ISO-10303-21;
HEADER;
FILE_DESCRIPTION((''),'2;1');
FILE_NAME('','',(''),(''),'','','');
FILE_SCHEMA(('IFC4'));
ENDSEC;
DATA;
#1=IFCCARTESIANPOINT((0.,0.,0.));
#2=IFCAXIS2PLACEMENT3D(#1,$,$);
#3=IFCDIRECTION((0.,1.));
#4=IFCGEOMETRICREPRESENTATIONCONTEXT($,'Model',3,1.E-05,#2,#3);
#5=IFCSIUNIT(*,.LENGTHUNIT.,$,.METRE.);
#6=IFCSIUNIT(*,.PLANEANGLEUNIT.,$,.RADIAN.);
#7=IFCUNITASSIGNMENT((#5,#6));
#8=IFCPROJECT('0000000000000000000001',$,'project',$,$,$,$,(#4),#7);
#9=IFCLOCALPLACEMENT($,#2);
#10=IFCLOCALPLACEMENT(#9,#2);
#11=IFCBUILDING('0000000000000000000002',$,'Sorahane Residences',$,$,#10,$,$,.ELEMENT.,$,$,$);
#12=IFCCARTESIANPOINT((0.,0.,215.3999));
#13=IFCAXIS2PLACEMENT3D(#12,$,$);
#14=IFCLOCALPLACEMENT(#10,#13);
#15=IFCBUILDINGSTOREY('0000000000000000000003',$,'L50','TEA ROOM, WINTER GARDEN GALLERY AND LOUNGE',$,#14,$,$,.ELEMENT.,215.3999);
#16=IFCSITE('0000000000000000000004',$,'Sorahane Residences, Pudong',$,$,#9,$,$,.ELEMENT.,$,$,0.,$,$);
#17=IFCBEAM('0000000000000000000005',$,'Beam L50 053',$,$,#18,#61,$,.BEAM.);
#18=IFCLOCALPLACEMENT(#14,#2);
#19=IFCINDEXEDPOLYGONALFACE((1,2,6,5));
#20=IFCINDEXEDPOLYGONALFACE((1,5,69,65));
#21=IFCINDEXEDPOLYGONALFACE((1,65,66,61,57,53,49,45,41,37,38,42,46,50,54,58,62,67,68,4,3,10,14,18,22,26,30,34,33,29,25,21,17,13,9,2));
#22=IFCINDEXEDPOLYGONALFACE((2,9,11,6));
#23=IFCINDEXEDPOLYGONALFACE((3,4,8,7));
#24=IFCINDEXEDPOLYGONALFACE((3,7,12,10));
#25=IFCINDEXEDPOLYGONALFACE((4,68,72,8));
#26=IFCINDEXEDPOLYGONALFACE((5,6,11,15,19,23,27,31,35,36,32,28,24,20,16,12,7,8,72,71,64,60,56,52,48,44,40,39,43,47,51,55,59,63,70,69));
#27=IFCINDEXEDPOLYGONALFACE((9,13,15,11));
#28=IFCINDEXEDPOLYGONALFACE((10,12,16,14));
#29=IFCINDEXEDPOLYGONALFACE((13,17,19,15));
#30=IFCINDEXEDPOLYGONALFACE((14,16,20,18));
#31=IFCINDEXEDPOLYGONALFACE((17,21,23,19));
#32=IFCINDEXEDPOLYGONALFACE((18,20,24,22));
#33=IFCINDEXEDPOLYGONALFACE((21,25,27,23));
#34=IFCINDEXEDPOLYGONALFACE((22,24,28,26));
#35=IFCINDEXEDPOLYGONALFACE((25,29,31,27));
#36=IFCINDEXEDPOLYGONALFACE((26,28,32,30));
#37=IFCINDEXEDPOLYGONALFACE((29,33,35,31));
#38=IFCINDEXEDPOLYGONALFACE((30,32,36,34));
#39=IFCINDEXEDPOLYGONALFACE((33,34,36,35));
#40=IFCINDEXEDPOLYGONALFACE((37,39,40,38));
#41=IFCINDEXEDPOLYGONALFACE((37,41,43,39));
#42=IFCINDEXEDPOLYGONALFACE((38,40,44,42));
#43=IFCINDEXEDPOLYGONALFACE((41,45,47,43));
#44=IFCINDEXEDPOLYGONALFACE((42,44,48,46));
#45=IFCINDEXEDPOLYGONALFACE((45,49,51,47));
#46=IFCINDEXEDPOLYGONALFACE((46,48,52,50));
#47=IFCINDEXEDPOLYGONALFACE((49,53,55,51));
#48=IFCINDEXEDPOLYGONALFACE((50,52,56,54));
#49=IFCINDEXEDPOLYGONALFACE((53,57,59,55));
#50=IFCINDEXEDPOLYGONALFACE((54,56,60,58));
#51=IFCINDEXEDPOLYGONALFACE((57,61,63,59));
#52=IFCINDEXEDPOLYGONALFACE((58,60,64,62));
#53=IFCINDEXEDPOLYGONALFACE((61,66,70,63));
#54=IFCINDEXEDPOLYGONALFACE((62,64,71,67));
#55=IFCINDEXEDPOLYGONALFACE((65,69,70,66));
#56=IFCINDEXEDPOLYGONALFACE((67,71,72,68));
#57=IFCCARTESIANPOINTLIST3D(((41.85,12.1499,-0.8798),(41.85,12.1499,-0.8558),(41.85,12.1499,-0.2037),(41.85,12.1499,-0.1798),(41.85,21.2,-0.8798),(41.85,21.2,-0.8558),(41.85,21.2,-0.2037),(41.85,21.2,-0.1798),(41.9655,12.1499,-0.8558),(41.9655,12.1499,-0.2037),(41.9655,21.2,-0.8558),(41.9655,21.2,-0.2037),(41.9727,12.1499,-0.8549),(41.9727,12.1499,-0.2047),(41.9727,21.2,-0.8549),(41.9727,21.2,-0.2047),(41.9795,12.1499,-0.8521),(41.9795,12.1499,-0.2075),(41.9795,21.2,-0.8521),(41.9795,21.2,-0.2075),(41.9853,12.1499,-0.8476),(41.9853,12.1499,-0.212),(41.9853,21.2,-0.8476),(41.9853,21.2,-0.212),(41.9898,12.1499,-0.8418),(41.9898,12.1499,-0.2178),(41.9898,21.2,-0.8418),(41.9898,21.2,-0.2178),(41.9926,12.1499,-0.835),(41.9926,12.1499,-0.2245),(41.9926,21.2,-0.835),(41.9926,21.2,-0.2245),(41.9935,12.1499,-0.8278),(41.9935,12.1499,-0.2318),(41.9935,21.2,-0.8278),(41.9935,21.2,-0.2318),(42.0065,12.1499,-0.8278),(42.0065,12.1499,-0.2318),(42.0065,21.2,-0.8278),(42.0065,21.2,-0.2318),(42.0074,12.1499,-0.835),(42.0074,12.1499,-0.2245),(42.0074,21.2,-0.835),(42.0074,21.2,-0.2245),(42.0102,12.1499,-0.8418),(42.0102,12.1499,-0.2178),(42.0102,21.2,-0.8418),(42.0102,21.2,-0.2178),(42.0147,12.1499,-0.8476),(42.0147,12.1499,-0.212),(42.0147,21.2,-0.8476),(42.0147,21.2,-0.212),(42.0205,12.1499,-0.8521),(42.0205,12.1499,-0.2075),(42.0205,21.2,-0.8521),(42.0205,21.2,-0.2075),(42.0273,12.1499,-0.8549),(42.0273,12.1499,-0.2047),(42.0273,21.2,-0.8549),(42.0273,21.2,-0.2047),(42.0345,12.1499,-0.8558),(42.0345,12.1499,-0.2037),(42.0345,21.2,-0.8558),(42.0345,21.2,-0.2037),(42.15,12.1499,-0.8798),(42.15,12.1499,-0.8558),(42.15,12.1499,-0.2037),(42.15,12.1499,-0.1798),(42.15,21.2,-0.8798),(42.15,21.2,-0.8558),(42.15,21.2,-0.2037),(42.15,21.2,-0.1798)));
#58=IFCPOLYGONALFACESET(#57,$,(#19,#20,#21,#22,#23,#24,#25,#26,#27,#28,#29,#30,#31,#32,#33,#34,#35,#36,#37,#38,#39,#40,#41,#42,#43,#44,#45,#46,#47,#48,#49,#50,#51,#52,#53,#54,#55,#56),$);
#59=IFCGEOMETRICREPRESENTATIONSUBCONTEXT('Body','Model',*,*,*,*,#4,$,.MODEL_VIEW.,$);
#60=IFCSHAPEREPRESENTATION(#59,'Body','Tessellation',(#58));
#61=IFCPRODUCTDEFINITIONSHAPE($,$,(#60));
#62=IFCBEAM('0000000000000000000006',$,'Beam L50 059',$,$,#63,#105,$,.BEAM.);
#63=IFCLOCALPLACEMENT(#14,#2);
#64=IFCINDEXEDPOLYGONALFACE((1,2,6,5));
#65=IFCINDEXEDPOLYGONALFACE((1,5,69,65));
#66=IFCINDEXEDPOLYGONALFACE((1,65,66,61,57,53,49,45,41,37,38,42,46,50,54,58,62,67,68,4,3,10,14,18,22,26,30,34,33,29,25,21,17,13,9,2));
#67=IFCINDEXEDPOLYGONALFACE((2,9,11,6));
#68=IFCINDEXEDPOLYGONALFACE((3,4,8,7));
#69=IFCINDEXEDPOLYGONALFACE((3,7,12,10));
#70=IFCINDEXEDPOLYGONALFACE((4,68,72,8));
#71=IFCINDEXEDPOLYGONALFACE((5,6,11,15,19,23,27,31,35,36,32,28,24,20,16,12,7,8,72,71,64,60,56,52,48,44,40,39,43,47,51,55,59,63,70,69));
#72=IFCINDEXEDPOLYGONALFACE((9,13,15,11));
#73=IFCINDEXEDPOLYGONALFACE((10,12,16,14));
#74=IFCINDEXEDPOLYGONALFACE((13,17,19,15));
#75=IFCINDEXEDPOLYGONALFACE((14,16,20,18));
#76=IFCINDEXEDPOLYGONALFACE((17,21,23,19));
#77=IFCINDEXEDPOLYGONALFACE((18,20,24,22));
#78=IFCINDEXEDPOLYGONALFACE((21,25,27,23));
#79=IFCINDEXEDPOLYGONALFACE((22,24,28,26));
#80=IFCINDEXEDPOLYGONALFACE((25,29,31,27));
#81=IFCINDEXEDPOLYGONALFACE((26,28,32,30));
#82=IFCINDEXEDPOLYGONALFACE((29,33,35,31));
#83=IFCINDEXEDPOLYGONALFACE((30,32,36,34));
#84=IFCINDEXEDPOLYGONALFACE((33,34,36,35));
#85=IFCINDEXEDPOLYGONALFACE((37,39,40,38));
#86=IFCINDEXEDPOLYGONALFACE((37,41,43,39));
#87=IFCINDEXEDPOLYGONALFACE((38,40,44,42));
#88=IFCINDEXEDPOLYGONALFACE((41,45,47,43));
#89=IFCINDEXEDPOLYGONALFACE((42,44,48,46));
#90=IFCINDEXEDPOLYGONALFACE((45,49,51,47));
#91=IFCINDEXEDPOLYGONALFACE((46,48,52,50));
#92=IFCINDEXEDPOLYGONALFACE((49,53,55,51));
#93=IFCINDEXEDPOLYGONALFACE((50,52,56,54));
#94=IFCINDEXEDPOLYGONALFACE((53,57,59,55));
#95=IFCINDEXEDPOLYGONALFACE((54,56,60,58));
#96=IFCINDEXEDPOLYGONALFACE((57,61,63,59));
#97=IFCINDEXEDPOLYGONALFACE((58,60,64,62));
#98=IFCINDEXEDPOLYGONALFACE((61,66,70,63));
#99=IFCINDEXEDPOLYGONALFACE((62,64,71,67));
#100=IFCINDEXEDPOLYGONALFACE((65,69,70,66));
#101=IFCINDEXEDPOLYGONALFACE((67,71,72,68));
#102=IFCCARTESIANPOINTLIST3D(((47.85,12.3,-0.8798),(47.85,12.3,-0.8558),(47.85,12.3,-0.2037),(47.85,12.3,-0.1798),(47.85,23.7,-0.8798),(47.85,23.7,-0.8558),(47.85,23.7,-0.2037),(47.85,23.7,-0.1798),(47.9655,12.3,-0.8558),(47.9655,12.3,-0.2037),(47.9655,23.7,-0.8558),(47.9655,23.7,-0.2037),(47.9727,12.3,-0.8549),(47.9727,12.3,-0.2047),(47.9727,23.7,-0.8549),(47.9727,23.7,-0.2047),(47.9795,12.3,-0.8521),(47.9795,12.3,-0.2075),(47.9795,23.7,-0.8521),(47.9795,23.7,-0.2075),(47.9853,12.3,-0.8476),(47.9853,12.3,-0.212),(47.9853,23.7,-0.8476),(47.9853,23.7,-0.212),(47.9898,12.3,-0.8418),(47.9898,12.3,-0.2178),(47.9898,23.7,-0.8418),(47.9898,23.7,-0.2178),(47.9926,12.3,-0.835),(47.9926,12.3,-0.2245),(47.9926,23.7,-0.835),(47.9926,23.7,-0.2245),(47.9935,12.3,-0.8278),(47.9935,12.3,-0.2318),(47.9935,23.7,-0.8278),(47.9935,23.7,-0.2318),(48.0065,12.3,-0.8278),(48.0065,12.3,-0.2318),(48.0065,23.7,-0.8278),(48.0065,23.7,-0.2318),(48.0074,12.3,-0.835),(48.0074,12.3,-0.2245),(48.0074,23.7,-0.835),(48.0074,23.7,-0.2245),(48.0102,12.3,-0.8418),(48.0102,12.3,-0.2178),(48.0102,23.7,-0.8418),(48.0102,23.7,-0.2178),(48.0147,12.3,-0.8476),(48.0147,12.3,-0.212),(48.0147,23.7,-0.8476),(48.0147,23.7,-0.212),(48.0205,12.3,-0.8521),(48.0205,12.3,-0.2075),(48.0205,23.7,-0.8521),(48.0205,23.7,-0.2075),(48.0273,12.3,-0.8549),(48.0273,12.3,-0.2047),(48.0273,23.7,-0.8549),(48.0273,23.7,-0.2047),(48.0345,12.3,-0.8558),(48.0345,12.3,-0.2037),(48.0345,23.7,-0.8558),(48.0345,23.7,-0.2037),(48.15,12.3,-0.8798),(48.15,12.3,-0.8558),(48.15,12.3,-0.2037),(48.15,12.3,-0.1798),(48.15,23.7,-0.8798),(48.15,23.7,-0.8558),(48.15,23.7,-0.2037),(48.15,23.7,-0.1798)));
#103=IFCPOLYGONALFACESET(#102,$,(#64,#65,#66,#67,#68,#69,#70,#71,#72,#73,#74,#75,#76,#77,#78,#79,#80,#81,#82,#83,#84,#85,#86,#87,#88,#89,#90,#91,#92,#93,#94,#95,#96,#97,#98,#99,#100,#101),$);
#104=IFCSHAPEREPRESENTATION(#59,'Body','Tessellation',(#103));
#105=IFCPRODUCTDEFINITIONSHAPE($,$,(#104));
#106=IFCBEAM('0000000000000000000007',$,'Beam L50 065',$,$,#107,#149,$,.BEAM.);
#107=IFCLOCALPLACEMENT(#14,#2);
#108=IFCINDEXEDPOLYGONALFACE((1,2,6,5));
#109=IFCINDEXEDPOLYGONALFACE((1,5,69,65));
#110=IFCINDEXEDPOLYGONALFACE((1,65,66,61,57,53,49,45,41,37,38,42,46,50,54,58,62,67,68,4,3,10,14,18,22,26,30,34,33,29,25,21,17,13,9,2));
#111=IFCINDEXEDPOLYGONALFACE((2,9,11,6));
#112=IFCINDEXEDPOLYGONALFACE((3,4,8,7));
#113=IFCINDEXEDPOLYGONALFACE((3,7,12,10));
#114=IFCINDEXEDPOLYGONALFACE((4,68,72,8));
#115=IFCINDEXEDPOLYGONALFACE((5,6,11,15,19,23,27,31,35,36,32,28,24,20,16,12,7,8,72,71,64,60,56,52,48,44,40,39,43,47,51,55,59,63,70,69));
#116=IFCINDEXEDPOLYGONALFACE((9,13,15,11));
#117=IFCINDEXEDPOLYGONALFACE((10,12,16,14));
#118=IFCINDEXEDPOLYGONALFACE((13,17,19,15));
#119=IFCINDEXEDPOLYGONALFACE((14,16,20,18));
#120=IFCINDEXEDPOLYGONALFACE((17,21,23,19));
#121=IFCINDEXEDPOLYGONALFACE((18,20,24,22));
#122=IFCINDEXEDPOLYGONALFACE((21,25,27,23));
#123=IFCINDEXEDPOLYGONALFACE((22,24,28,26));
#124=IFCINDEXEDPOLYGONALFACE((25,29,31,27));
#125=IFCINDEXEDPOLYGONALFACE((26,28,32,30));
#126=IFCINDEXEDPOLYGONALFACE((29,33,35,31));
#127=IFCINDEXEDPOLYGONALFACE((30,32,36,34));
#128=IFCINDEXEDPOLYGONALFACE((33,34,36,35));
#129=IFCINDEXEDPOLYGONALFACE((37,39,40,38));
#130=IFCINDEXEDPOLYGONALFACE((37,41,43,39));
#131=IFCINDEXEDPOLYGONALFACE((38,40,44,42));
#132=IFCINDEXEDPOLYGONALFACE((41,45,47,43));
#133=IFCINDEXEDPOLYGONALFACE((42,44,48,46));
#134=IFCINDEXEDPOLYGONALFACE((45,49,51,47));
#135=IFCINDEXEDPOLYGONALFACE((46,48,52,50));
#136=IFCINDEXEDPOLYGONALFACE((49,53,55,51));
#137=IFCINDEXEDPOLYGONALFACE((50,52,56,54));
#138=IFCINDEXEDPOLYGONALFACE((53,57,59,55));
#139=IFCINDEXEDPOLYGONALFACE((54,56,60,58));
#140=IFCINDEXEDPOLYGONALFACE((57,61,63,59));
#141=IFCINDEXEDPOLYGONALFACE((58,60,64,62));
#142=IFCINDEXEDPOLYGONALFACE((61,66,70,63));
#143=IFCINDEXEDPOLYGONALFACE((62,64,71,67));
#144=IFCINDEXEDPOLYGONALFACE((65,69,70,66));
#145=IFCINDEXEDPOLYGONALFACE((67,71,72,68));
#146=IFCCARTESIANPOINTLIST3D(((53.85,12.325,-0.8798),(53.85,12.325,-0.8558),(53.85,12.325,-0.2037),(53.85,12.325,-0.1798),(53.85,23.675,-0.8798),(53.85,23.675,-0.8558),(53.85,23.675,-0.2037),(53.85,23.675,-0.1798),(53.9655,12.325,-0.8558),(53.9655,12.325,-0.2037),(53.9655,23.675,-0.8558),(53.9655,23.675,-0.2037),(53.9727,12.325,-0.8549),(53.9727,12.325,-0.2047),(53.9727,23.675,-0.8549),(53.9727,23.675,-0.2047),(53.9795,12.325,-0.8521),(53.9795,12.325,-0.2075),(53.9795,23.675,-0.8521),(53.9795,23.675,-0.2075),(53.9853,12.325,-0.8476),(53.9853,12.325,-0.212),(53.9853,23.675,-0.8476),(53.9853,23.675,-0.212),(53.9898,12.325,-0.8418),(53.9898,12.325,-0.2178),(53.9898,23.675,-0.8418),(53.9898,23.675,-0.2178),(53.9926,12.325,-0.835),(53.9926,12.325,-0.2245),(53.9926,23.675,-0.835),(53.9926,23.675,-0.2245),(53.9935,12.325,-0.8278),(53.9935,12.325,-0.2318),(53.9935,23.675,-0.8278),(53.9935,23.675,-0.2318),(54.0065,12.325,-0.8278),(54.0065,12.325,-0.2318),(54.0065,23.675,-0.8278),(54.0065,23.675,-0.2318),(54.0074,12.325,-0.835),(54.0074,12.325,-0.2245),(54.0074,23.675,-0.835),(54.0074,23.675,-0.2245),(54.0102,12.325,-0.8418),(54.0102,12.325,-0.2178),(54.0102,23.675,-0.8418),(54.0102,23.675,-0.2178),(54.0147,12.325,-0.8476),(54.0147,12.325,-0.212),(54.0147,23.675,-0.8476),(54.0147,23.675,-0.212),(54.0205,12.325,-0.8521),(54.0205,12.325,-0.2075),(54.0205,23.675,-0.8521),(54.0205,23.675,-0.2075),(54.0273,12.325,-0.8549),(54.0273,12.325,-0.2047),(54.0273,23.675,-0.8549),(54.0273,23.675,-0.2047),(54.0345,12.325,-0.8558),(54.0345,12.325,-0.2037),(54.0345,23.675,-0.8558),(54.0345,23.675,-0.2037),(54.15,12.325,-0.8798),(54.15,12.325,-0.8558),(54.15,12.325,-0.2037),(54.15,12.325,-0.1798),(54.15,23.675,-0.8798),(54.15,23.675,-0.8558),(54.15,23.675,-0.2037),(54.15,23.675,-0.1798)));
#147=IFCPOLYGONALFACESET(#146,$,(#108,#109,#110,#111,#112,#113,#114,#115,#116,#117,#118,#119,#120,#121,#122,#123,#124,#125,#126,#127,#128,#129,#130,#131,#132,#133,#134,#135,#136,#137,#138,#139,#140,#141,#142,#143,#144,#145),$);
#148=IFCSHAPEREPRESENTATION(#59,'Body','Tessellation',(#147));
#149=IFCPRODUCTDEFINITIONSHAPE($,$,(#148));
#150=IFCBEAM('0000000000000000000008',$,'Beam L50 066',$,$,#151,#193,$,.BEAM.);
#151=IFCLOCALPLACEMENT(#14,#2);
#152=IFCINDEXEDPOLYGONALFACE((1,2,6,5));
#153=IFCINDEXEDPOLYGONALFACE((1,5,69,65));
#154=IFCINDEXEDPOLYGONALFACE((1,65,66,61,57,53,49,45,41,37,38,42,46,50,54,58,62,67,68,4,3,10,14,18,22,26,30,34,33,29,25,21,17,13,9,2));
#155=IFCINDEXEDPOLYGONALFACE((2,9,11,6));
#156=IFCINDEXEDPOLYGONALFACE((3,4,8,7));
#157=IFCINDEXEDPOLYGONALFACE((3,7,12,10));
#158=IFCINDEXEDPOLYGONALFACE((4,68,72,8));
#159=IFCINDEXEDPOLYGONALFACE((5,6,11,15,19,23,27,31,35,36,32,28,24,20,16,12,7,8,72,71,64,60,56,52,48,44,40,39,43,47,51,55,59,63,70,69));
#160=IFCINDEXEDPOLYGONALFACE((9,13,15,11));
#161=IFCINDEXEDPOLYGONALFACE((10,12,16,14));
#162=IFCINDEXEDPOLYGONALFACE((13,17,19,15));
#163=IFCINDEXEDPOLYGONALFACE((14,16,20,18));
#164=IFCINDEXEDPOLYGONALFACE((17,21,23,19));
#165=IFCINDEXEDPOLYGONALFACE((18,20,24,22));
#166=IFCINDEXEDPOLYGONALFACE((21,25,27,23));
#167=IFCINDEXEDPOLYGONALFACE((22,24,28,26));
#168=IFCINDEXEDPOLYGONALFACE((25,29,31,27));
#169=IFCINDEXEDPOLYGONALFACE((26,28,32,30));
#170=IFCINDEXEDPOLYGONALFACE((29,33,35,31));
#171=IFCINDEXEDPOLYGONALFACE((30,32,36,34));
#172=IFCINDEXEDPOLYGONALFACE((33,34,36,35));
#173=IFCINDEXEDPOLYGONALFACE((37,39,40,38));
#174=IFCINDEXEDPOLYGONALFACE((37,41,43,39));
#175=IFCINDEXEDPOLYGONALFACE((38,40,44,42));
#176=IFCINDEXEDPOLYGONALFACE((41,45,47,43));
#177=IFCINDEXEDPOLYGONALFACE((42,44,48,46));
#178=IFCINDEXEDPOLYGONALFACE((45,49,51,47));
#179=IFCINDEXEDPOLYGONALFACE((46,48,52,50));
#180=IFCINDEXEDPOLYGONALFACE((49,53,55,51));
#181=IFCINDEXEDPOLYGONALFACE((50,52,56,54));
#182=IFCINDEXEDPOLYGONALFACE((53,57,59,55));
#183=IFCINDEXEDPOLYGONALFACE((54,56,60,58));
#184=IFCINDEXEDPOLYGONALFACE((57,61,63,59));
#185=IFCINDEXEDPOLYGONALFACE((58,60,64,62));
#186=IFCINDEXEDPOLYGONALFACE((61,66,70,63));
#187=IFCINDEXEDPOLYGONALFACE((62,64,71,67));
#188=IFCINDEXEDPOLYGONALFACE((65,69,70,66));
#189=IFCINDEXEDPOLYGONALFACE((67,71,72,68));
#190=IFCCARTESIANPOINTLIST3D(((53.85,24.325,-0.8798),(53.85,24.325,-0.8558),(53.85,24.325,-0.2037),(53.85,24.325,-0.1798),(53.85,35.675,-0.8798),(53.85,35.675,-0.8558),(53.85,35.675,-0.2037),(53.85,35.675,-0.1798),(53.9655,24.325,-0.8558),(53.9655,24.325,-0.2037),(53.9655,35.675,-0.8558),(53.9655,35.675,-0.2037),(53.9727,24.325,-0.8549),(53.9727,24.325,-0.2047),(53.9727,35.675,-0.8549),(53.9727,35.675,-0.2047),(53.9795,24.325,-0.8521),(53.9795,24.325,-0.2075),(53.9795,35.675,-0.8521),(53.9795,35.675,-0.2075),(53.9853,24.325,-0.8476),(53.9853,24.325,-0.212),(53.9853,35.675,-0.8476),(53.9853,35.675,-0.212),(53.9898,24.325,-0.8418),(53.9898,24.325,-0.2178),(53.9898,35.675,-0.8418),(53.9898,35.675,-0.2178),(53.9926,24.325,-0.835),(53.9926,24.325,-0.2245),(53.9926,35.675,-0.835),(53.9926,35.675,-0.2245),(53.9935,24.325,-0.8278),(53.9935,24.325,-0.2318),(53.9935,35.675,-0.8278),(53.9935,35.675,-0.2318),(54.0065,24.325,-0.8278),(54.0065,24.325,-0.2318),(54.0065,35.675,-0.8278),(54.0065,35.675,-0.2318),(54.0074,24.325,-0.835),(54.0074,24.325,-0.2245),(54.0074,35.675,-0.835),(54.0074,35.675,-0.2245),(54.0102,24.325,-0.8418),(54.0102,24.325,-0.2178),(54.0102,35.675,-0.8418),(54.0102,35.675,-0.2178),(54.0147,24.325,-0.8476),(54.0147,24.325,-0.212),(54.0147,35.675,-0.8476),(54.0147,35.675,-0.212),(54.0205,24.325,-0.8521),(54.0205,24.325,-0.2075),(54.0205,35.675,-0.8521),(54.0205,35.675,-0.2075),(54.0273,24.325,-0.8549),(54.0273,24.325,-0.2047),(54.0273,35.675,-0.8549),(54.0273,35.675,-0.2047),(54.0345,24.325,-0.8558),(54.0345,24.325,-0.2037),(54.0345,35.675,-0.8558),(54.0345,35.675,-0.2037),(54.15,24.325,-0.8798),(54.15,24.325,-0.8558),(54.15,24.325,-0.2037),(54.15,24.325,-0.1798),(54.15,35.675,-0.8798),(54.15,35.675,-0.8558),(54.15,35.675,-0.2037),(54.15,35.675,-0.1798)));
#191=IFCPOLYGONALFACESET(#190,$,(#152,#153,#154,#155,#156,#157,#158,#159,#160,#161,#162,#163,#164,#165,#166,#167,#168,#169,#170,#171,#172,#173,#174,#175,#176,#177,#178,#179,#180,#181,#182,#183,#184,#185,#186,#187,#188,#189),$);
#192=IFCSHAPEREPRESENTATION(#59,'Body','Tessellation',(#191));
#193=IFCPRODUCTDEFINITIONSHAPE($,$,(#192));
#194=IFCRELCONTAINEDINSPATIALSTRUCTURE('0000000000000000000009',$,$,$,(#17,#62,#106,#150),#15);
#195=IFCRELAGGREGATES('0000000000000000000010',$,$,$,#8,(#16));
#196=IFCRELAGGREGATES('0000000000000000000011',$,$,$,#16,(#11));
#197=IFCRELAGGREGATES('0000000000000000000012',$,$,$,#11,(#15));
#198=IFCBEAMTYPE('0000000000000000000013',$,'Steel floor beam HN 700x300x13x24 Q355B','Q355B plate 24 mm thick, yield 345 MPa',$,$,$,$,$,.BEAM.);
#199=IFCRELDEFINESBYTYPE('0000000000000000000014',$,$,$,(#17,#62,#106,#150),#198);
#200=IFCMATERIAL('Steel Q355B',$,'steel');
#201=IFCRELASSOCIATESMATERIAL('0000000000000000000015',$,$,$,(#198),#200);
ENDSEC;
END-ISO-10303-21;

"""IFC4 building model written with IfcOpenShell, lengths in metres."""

from ifc_helpers import new_model, si_unit, direction, frame, origin, origin_2d, place, context, subcontext, project, spatial, i_section, extrude, material, material_profile, profile_set, type_object, element, save


model = new_model("IFC4")

# Units and contexts
model_context = context("Model", 3, precision=1e-05, world=origin(), true_north=direction((0.0, 1.0)))
body_context = subcontext(model_context, "Body", "Model", "MODEL_VIEW")
ifc_project = project(units=[si_unit("LENGTHUNIT", "METRE"), si_unit("PLANEANGLEUNIT", "RADIAN")], contexts=[model_context])

# Site, building, storey
site_placement = place(None, origin())
site = spatial("IfcSite", under=ifc_project, at=site_placement, Name="Sorahane Residences, Pudong", CompositionType="ELEMENT", RefElevation=0.0)
building_placement = place(site_placement, origin())
building = spatial("IfcBuilding", under=site, at=building_placement, Name="Sorahane Residences", CompositionType="ELEMENT")
storey_placement = place(building_placement, frame((0.0, 0.0, 215.3999)))
storey = spatial("IfcBuildingStorey", under=building, at=storey_placement, Name="L50", Description="TEA ROOM, WINTER GARDEN GALLERY AND LOUNGE", CompositionType="ELEMENT", Elevation=215.3999)

# Beams
ifc_material_1 = material(Name="Steel Q355B", Category="steel")
ifc_material_profile_1 = material_profile(ifc_material_1, i_section(OverallWidth=0.3, OverallDepth=0.7, WebThickness=0.0129, FlangeThickness=0.0239, FilletRadius=0.0281, at=origin_2d()), Name="HN 700x300x13x24")
ifc_profile_set_1 = profile_set([ifc_material_profile_1], Name="Steel Q355B")
beam_type_1 = type_object("IfcBeamType", Name="Steel floor beam HN 700x300x13x24 Q355B", Description="Q355B plate 24 mm thick, yield 345 MPa", PredefinedType="BEAM", material=ifc_profile_set_1)
beam_1_placement = place(storey_placement, frame((42.0, 12.1499, -0.5298), z_axis=(0.0, 1.0, 0.0), x_axis=(-1.0, 0.0, 0.0)))
element("IfcBeam", 1, at=beam_1_placement, inside=storey, type_object=beam_type_1, Name="Beam L50 053", PredefinedType="BEAM", context=body_context, shape_type="SweptSolid", body=[
    extrude(i_section(OverallWidth=0.3, OverallDepth=0.7, WebThickness=0.0129, FlangeThickness=0.0239, FilletRadius=0.0281, at=origin_2d()), origin(), (0.0, 0.0, 1.0), 9.05),
])
beam_2_placement = place(storey_placement, frame((48.0, 12.3, -0.5298), z_axis=(0.0, 1.0, 0.0), x_axis=(-1.0, 0.0, 0.0)))
element("IfcBeam", 2, at=beam_2_placement, inside=storey, type_object=beam_type_1, Name="Beam L50 059", PredefinedType="BEAM", context=body_context, shape_type="SweptSolid", body=[
    extrude(i_section(OverallWidth=0.3, OverallDepth=0.7, WebThickness=0.0129, FlangeThickness=0.0239, FilletRadius=0.0281, at=origin_2d()), origin(), (0.0, 0.0, 1.0), 11.3999),
])
for number, where, z_axis, x_axis, name in (
    (3, (54.0, 12.325, -0.5298), (0.0, 1.0, 0.0), (-1.0, 0.0, 0.0), "Beam L50 065"),
    (4, (54.0, 24.325, -0.5298), (0.0, 1.0, 0.0), (-1.0, 0.0, 0.0), "Beam L50 066"),
):
    element("IfcBeam", number, at=place(storey_placement, frame(where, z_axis=z_axis, x_axis=x_axis)), inside=storey, type_object=beam_type_1, Name=name, PredefinedType="BEAM", context=body_context, shape_type="SweptSolid", body=[
        extrude(i_section(OverallWidth=0.3, OverallDepth=0.7, WebThickness=0.0129, FlangeThickness=0.0239, FilletRadius=0.0281, at=origin_2d()), origin(), (0.0, 0.0, 1.0), 11.3501),
    ])

save(model, "model.ifc")
